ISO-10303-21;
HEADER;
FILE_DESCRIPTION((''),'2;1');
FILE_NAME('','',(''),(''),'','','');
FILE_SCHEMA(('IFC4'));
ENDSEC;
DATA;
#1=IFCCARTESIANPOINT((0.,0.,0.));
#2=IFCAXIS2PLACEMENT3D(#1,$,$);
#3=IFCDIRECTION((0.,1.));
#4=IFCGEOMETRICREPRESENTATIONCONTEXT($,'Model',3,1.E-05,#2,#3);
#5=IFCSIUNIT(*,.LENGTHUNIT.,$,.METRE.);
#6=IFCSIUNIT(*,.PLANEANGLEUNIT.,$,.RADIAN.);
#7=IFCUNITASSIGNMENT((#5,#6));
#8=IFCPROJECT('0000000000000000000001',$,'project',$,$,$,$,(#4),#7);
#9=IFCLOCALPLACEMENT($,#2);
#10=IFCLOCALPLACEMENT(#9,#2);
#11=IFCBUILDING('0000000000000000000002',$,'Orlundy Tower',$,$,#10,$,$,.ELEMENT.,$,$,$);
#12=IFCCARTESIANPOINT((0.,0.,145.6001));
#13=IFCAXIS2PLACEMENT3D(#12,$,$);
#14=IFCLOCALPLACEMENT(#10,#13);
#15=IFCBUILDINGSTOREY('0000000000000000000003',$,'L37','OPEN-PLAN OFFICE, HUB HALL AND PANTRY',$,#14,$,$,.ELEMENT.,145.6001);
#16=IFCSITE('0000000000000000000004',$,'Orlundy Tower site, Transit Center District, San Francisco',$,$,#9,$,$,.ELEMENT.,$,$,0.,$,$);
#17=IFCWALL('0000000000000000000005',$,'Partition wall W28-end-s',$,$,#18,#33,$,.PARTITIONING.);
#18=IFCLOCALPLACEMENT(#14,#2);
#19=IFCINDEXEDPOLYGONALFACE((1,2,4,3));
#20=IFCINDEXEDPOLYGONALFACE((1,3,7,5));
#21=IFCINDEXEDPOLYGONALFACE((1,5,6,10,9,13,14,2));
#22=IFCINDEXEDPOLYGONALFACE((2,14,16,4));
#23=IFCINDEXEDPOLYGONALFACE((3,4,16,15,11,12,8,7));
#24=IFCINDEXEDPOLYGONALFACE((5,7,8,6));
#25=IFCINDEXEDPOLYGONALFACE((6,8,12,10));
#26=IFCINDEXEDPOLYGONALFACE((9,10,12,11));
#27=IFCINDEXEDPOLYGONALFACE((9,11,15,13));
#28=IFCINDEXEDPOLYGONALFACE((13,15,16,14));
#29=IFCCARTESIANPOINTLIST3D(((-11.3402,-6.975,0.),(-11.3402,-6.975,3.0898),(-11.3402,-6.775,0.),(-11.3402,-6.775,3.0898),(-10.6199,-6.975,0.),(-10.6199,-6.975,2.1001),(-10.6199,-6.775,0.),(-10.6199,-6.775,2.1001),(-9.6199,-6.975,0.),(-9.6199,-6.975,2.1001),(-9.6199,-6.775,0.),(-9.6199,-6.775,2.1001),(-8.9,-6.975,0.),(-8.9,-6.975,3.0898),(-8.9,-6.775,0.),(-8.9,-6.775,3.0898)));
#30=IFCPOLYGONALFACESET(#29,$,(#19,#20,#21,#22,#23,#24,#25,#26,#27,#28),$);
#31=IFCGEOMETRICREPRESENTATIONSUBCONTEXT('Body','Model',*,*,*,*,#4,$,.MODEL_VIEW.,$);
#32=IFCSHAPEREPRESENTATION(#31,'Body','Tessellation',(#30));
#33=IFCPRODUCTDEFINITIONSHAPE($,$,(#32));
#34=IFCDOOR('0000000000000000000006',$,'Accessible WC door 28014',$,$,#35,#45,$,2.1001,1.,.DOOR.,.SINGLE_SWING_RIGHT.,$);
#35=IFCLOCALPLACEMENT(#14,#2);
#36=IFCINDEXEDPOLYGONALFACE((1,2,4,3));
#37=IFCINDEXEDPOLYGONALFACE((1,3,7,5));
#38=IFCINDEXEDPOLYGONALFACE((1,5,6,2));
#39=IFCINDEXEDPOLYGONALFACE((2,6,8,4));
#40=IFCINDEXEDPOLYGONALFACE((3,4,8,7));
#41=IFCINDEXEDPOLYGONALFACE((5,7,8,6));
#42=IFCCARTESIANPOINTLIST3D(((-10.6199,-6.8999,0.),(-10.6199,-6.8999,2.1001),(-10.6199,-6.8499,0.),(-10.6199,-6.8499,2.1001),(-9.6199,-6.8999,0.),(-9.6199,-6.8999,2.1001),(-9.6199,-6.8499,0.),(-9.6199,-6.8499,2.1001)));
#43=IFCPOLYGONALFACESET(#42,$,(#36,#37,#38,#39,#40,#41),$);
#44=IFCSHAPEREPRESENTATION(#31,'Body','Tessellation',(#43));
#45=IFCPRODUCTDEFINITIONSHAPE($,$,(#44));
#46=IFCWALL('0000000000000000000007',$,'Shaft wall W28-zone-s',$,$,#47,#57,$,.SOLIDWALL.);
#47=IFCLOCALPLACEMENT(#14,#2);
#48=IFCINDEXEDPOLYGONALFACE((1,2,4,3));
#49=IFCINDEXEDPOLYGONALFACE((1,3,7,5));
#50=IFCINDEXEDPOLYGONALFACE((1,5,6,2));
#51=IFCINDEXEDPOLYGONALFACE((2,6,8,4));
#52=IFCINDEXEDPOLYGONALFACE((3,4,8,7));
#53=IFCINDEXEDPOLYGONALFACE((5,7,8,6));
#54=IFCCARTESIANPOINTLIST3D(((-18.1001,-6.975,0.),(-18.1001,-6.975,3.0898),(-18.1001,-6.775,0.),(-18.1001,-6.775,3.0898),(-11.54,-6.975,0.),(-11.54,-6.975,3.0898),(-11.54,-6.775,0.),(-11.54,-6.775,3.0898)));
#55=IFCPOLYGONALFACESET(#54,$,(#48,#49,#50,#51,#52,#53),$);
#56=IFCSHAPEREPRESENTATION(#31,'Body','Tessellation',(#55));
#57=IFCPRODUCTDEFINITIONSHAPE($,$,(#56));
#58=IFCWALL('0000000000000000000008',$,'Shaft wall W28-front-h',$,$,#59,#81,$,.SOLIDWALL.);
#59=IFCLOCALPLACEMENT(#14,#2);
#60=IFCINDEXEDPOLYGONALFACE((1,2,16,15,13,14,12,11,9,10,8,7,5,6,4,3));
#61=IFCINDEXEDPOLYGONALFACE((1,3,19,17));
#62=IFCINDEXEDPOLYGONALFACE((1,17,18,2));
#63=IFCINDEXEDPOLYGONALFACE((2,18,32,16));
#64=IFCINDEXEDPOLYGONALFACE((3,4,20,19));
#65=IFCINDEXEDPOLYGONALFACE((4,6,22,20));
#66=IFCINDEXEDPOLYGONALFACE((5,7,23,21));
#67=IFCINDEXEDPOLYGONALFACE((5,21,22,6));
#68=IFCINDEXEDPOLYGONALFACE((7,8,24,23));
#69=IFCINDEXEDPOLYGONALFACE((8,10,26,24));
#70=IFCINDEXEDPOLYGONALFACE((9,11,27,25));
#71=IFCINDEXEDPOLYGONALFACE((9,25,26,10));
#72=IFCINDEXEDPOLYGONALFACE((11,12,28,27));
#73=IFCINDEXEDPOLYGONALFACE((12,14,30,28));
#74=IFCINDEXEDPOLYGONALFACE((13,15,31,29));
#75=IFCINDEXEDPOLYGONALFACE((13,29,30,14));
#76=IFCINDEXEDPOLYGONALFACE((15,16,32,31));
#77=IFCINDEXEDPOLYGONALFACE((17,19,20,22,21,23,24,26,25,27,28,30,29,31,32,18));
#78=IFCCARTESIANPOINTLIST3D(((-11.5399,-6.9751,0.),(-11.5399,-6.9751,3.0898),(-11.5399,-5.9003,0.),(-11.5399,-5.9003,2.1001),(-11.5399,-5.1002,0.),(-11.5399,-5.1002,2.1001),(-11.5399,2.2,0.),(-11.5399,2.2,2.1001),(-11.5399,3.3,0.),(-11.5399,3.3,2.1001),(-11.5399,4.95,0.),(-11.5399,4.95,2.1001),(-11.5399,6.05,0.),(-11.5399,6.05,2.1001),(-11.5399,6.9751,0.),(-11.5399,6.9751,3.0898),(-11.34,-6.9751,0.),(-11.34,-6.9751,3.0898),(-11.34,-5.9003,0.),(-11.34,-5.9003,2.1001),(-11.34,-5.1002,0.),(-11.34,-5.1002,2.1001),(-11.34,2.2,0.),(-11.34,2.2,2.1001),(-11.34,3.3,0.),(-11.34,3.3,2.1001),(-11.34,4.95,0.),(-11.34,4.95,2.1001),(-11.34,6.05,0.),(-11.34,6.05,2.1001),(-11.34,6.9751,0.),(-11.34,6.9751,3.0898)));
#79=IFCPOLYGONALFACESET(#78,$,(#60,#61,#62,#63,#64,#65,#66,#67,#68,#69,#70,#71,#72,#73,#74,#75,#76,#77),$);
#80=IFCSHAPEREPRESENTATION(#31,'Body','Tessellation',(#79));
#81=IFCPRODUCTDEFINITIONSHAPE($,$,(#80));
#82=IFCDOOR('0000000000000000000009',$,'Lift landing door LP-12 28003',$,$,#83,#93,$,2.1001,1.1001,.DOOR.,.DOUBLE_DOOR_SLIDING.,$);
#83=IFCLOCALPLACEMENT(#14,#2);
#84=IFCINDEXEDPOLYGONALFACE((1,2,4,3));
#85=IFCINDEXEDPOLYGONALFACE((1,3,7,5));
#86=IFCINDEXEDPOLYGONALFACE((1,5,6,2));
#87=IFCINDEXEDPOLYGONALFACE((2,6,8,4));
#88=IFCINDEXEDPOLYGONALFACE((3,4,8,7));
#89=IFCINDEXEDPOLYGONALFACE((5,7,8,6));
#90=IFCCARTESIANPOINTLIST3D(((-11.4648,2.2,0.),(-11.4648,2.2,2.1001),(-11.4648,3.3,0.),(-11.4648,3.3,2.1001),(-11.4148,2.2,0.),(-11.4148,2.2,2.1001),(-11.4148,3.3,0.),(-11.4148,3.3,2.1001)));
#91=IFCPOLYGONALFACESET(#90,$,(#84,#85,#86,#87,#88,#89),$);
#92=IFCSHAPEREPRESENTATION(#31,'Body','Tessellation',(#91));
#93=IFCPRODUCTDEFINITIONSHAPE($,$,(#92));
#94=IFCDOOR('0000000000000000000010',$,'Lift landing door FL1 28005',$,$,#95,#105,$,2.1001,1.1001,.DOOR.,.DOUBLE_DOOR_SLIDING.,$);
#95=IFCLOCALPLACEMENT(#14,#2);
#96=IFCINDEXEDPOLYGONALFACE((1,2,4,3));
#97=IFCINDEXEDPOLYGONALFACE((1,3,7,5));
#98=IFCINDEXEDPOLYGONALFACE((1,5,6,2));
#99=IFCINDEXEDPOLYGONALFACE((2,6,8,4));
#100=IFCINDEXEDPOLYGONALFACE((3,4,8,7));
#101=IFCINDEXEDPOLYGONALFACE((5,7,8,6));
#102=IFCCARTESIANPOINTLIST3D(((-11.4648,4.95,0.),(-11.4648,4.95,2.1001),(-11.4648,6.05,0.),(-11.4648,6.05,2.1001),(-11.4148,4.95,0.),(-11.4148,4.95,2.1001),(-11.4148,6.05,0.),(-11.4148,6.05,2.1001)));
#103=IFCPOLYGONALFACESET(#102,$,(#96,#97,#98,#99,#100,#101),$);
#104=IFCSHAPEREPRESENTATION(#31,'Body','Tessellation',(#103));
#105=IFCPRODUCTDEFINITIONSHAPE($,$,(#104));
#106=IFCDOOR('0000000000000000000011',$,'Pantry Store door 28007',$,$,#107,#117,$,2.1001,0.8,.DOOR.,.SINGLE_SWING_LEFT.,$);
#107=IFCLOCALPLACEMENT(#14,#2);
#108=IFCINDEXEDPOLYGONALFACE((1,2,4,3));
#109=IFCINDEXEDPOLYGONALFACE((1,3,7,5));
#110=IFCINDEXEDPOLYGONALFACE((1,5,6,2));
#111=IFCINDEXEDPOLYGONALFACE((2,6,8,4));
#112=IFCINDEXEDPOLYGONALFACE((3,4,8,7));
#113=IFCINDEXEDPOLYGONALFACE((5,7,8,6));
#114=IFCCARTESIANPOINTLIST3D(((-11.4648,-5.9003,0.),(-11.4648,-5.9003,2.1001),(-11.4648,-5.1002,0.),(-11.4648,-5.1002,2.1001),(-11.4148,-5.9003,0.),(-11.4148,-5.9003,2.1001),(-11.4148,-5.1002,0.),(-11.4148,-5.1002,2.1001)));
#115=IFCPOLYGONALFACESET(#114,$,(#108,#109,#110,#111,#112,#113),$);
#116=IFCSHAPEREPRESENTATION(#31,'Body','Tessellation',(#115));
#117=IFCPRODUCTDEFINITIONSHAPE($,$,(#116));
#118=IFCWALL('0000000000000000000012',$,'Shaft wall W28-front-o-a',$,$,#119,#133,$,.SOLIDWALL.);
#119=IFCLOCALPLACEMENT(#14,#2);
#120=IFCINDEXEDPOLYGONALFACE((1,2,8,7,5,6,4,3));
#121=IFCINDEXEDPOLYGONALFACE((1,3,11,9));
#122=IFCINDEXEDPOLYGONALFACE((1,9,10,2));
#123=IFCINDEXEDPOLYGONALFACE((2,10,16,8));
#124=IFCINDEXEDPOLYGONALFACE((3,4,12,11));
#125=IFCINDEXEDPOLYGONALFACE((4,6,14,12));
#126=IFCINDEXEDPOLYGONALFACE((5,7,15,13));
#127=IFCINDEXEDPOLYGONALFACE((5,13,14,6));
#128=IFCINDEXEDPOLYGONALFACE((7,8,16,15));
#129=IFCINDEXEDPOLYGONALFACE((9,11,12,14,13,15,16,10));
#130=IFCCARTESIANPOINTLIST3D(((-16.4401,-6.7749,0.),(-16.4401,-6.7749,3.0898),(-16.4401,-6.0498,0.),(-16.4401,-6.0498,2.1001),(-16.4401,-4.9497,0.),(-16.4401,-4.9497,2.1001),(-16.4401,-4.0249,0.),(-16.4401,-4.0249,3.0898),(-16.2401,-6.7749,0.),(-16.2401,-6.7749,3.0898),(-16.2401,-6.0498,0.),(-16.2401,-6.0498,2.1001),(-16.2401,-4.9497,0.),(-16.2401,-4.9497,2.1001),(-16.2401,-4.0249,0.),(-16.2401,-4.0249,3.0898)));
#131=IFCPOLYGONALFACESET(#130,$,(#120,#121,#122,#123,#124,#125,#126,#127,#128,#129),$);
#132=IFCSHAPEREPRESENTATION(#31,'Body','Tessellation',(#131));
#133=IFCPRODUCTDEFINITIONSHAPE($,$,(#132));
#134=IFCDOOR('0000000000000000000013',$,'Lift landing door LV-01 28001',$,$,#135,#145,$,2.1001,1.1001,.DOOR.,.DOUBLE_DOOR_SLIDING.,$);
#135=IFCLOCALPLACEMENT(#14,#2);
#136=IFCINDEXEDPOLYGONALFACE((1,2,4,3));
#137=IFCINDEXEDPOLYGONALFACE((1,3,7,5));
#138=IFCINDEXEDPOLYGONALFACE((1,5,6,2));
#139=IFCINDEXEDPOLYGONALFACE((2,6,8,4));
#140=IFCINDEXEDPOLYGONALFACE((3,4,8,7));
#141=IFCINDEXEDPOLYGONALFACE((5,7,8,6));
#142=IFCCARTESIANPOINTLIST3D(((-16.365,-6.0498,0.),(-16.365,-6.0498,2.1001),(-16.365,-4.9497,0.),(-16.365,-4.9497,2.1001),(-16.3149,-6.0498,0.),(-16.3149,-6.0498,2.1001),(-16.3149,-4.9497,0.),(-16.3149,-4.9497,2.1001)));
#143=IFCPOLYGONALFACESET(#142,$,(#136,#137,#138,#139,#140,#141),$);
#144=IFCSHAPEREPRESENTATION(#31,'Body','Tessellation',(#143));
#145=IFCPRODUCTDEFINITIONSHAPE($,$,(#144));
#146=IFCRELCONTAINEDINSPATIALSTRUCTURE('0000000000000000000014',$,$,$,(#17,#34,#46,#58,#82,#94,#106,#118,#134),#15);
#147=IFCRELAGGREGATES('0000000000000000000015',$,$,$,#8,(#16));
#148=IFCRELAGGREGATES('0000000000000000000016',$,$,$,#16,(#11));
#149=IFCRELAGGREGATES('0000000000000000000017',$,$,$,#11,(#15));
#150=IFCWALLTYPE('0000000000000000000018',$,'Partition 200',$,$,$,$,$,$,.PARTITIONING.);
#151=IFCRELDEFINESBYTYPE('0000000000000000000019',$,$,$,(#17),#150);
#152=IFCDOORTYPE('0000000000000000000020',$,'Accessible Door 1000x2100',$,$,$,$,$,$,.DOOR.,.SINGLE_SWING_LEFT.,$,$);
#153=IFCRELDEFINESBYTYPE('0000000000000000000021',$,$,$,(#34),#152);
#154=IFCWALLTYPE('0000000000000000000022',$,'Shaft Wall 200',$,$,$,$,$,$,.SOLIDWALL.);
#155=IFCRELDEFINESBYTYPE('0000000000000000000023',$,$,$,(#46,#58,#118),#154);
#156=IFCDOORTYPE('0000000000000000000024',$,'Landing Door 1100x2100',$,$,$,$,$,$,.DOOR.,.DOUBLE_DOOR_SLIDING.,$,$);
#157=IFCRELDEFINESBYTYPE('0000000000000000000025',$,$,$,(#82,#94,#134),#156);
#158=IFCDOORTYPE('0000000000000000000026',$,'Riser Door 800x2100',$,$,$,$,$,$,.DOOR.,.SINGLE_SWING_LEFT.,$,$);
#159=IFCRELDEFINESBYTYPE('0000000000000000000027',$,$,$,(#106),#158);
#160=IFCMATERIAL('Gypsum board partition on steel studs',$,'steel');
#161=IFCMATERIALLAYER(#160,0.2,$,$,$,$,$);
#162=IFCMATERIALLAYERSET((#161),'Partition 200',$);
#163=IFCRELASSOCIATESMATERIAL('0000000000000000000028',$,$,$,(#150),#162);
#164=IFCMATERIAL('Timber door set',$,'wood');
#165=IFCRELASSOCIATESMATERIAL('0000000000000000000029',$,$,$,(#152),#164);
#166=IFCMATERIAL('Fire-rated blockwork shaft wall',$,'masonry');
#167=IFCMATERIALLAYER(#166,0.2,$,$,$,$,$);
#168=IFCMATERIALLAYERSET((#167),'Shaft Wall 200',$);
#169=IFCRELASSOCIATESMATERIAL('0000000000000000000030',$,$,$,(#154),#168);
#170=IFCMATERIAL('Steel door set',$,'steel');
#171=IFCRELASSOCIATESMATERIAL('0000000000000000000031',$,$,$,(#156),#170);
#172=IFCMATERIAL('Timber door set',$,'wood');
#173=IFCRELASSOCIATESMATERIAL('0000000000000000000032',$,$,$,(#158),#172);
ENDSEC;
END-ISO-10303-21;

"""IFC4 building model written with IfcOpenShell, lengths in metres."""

from ifc_helpers import new_model, si_unit, direction, frame, frame_2d, origin, place, context, subcontext, project, spatial, rectangle, extrude, material, layer, layer_set, type_object, element, fill, save


model = new_model("IFC4")

# Units and contexts
model_context = context("Model", 3, precision=1e-05, world=origin(), true_north=direction((0.0, 1.0)))
body_context = subcontext(model_context, "Body", "Model", "MODEL_VIEW")
ifc_project = project(units=[si_unit("LENGTHUNIT", "METRE"), si_unit("PLANEANGLEUNIT", "RADIAN")], contexts=[model_context])

# Site, building, storey
site_placement = place(None, origin())
site = spatial("IfcSite", under=ifc_project, at=site_placement, Name="Orlundy Tower site, Transit Center District, San Francisco", CompositionType="ELEMENT", RefElevation=0.0)
building_placement = place(site_placement, origin())
building = spatial("IfcBuilding", under=site, at=building_placement, Name="Orlundy Tower", CompositionType="ELEMENT")
storey_placement = place(building_placement, frame((0.0, 0.0, 145.6001)))
storey = spatial("IfcBuildingStorey", under=building, at=storey_placement, Name="L37", Description="OPEN-PLAN OFFICE, HUB HALL AND PANTRY", CompositionType="ELEMENT", Elevation=145.6001)

# Wall, opening, door
ifc_material_1 = material(Name="Gypsum board partition on steel studs", Category="steel")
ifc_layer_1 = layer(ifc_material_1, 0.2)
ifc_layer_set_1 = layer_set([ifc_layer_1], Name="Partition 200")
wall_type_1 = type_object("IfcWallType", Name="Partition 200", PredefinedType="PARTITIONING", material=ifc_layer_set_1)
wall_1_placement = place(storey_placement, frame((-8.8999, -6.875, 0.0), z_axis=(0.0, 0.0, 1.0), x_axis=(-1.0, 0.0, 0.0)))
wall_1 = element("IfcWall", 1, at=wall_1_placement, inside=storey, type_object=wall_type_1, Name="Partition wall W28-end-s", PredefinedType="PARTITIONING", context=body_context, shape_type="SweptSolid", body=[
    extrude(rectangle(XDim=2.4402, YDim=0.2, at=frame_2d((1.2202, 0.0))), origin(), (0.0, 0.0, 1.0), 3.0898),
])
opening_1_placement = place(wall_1_placement, frame((0.72, 0.0, 0.0)))
opening_1 = element("IfcOpeningElement", 2, at=opening_1_placement, cuts=wall_1, PredefinedType="OPENING", context=body_context, shape_type="SweptSolid", body=[
    extrude(rectangle(XDim=1.0, YDim=2.1001, at=frame_2d((0.5, 1.05))), frame((0.0, 0.1101, 0.0), z_axis=(0.0, -1.0, 0.0), x_axis=(1.0, 0.0, 0.0)), (0.0, 0.0, 1.0), 0.2202),
])
ifc_material_2 = material(Name="Timber door set", Category="wood")
door_type_1 = type_object("IfcDoorType", Name="Accessible Door 1000x2100", OperationType="SINGLE_SWING_LEFT", PredefinedType="DOOR", material=ifc_material_2)
door_1_placement = place(opening_1_placement, origin())
door_1 = element("IfcDoor", 3, at=door_1_placement, inside=storey, type_object=door_type_1, Name="Accessible WC door 28014", OperationType="SINGLE_SWING_RIGHT", OverallHeight=2.1001, OverallWidth=1.0, PredefinedType="DOOR", context=body_context, shape_type="SweptSolid", body=[
    extrude(rectangle(XDim=1.0, YDim=2.1001, at=frame_2d((0.5, 1.05))), frame((0.0, 0.0249, 0.0), z_axis=(0.0, -1.0, 0.0), x_axis=(1.0, 0.0, 0.0)), (0.0, 0.0, 1.0), 0.05),
])
fill(opening_1, door_1)

# Wall
ifc_material_3 = material(Name="Fire-rated blockwork shaft wall", Category="masonry")
ifc_layer_2 = layer(ifc_material_3, 0.2)
ifc_layer_set_2 = layer_set([ifc_layer_2], Name="Shaft Wall 200")
wall_type_2 = type_object("IfcWallType", Name="Shaft Wall 200", PredefinedType="SOLIDWALL", material=ifc_layer_set_2)
wall_2_placement = place(storey_placement, frame((-11.54, -6.875, 0.0), z_axis=(0.0, 0.0, 1.0), x_axis=(-1.0, 0.0, 0.0)))
element("IfcWall", 4, at=wall_2_placement, inside=storey, type_object=wall_type_2, Name="Shaft wall W28-zone-s", PredefinedType="SOLIDWALL", context=body_context, shape_type="SweptSolid", body=[
    extrude(rectangle(XDim=6.5601, YDim=0.2, at=frame_2d((3.28, 0.0))), origin(), (0.0, 0.0, 1.0), 3.0898),
])

# Wall, openings, doors
wall_3_placement = place(storey_placement, frame((-11.4399, -6.9751, 0.0), z_axis=(0.0, 0.0, 1.0), x_axis=(0.0, 1.0, 0.0)))
wall_3 = element("IfcWall", 5, at=wall_3_placement, inside=storey, type_object=wall_type_2, Name="Shaft wall W28-front-h", PredefinedType="SOLIDWALL", context=body_context, shape_type="SweptSolid", body=[
    extrude(rectangle(XDim=13.9502, YDim=0.2, at=frame_2d((6.9751, 0.0))), origin(), (0.0, 0.0, 1.0), 3.0898),
])
opening_2_placement = place(wall_3_placement, frame((9.175, 0.0, 0.0)))
opening_2 = element("IfcOpeningElement", 6, at=opening_2_placement, cuts=wall_3, PredefinedType="OPENING", context=body_context, shape_type="SweptSolid", body=[
    extrude(rectangle(XDim=1.1001, YDim=2.1001, at=frame_2d((0.55, 1.05))), frame((0.0, 0.1101, 0.0), z_axis=(0.0, -1.0, 0.0), x_axis=(1.0, 0.0, 0.0)), (0.0, 0.0, 1.0), 0.2202),
])
opening_3_placement = place(wall_3_placement, frame((11.925, 0.0, 0.0)))
opening_3 = element("IfcOpeningElement", 7, at=opening_3_placement, cuts=wall_3, PredefinedType="OPENING", context=body_context, shape_type="SweptSolid", body=[
    extrude(rectangle(XDim=1.1001, YDim=2.1001, at=frame_2d((0.55, 1.05))), frame((0.0, 0.1101, 0.0), z_axis=(0.0, -1.0, 0.0), x_axis=(1.0, 0.0, 0.0)), (0.0, 0.0, 1.0), 0.2202),
])
opening_4_placement = place(wall_3_placement, frame((1.075, 0.0, 0.0)))
opening_4 = element("IfcOpeningElement", 8, at=opening_4_placement, cuts=wall_3, PredefinedType="OPENING", context=body_context, shape_type="SweptSolid", body=[
    extrude(rectangle(XDim=0.8, YDim=2.1001, at=frame_2d((0.3999, 1.05))), frame((0.0, 0.1101, 0.0), z_axis=(0.0, -1.0, 0.0), x_axis=(1.0, 0.0, 0.0)), (0.0, 0.0, 1.0), 0.2202),
])
ifc_material_4 = material(Name="Steel door set", Category="steel")
door_type_2 = type_object("IfcDoorType", Name="Landing Door 1100x2100", OperationType="DOUBLE_DOOR_SLIDING", PredefinedType="DOOR", material=ifc_material_4)
door_2_placement = place(opening_2_placement, origin())
door_2 = element("IfcDoor", 9, at=door_2_placement, inside=storey, type_object=door_type_2, Name="Lift landing door LP-12 28003", OperationType="DOUBLE_DOOR_SLIDING", OverallHeight=2.1001, OverallWidth=1.1001, PredefinedType="DOOR", context=body_context, shape_type="SweptSolid", body=[
    extrude(rectangle(XDim=1.1001, YDim=2.1001, at=frame_2d((0.55, 1.05))), frame((0.0, 0.0249, 0.0), z_axis=(0.0, -1.0, 0.0), x_axis=(1.0, 0.0, 0.0)), (0.0, 0.0, 1.0), 0.05),
])
fill(opening_2, door_2)
door_3_placement = place(opening_3_placement, origin())
door_3 = element("IfcDoor", 10, at=door_3_placement, inside=storey, type_object=door_type_2, Name="Lift landing door FL1 28005", OperationType="DOUBLE_DOOR_SLIDING", OverallHeight=2.1001, OverallWidth=1.1001, PredefinedType="DOOR", context=body_context, shape_type="SweptSolid", body=[
    extrude(rectangle(XDim=1.1001, YDim=2.1001, at=frame_2d((0.55, 1.05))), frame((0.0, 0.0249, 0.0), z_axis=(0.0, -1.0, 0.0), x_axis=(1.0, 0.0, 0.0)), (0.0, 0.0, 1.0), 0.05),
])
fill(opening_3, door_3)
ifc_material_5 = material(Name="Timber door set", Category="wood")
door_type_3 = type_object("IfcDoorType", Name="Riser Door 800x2100", OperationType="SINGLE_SWING_LEFT", PredefinedType="DOOR", material=ifc_material_5)
door_4_placement = place(opening_4_placement, origin())
door_4 = element("IfcDoor", 11, at=door_4_placement, inside=storey, type_object=door_type_3, Name="Pantry Store door 28007", OperationType="SINGLE_SWING_LEFT", OverallHeight=2.1001, OverallWidth=0.8, PredefinedType="DOOR", context=body_context, shape_type="SweptSolid", body=[
    extrude(rectangle(XDim=0.8, YDim=2.1001, at=frame_2d((0.3999, 1.05))), frame((0.0, 0.0249, 0.0), z_axis=(0.0, -1.0, 0.0), x_axis=(1.0, 0.0, 0.0)), (0.0, 0.0, 1.0), 0.05),
])
fill(opening_4, door_4)

# Wall, opening, door
wall_4_placement = place(storey_placement, frame((-16.3401, -6.7749, 0.0), z_axis=(0.0, 0.0, 1.0), x_axis=(0.0, 1.0, 0.0)))
wall_4 = element("IfcWall", 12, at=wall_4_placement, inside=storey, type_object=wall_type_2, Name="Shaft wall W28-front-o-a", PredefinedType="SOLIDWALL", context=body_context, shape_type="SweptSolid", body=[
    extrude(rectangle(XDim=2.75, YDim=0.2, at=frame_2d((1.375, 0.0))), origin(), (0.0, 0.0, 1.0), 3.0898),
])
opening_5_placement = place(wall_4_placement, frame((0.7251, 0.0, 0.0)))
opening_5 = element("IfcOpeningElement", 13, at=opening_5_placement, cuts=wall_4, PredefinedType="OPENING", context=body_context, shape_type="SweptSolid", body=[
    extrude(rectangle(XDim=1.1001, YDim=2.1001, at=frame_2d((0.55, 1.05))), frame((0.0, 0.1101, 0.0), z_axis=(0.0, -1.0, 0.0), x_axis=(1.0, 0.0, 0.0)), (0.0, 0.0, 1.0), 0.2202),
])
door_5_placement = place(opening_5_placement, origin())
door_5 = element("IfcDoor", 14, at=door_5_placement, inside=storey, type_object=door_type_2, Name="Lift landing door LV-01 28001", OperationType="DOUBLE_DOOR_SLIDING", OverallHeight=2.1001, OverallWidth=1.1001, PredefinedType="DOOR", context=body_context, shape_type="SweptSolid", body=[
    extrude(rectangle(XDim=1.1001, YDim=2.1001, at=frame_2d((0.55, 1.05))), frame((0.0, 0.0249, 0.0), z_axis=(0.0, -1.0, 0.0), x_axis=(1.0, 0.0, 0.0)), (0.0, 0.0, 1.0), 0.05),
])
fill(opening_5, door_5)

save(model, "model.ifc")
